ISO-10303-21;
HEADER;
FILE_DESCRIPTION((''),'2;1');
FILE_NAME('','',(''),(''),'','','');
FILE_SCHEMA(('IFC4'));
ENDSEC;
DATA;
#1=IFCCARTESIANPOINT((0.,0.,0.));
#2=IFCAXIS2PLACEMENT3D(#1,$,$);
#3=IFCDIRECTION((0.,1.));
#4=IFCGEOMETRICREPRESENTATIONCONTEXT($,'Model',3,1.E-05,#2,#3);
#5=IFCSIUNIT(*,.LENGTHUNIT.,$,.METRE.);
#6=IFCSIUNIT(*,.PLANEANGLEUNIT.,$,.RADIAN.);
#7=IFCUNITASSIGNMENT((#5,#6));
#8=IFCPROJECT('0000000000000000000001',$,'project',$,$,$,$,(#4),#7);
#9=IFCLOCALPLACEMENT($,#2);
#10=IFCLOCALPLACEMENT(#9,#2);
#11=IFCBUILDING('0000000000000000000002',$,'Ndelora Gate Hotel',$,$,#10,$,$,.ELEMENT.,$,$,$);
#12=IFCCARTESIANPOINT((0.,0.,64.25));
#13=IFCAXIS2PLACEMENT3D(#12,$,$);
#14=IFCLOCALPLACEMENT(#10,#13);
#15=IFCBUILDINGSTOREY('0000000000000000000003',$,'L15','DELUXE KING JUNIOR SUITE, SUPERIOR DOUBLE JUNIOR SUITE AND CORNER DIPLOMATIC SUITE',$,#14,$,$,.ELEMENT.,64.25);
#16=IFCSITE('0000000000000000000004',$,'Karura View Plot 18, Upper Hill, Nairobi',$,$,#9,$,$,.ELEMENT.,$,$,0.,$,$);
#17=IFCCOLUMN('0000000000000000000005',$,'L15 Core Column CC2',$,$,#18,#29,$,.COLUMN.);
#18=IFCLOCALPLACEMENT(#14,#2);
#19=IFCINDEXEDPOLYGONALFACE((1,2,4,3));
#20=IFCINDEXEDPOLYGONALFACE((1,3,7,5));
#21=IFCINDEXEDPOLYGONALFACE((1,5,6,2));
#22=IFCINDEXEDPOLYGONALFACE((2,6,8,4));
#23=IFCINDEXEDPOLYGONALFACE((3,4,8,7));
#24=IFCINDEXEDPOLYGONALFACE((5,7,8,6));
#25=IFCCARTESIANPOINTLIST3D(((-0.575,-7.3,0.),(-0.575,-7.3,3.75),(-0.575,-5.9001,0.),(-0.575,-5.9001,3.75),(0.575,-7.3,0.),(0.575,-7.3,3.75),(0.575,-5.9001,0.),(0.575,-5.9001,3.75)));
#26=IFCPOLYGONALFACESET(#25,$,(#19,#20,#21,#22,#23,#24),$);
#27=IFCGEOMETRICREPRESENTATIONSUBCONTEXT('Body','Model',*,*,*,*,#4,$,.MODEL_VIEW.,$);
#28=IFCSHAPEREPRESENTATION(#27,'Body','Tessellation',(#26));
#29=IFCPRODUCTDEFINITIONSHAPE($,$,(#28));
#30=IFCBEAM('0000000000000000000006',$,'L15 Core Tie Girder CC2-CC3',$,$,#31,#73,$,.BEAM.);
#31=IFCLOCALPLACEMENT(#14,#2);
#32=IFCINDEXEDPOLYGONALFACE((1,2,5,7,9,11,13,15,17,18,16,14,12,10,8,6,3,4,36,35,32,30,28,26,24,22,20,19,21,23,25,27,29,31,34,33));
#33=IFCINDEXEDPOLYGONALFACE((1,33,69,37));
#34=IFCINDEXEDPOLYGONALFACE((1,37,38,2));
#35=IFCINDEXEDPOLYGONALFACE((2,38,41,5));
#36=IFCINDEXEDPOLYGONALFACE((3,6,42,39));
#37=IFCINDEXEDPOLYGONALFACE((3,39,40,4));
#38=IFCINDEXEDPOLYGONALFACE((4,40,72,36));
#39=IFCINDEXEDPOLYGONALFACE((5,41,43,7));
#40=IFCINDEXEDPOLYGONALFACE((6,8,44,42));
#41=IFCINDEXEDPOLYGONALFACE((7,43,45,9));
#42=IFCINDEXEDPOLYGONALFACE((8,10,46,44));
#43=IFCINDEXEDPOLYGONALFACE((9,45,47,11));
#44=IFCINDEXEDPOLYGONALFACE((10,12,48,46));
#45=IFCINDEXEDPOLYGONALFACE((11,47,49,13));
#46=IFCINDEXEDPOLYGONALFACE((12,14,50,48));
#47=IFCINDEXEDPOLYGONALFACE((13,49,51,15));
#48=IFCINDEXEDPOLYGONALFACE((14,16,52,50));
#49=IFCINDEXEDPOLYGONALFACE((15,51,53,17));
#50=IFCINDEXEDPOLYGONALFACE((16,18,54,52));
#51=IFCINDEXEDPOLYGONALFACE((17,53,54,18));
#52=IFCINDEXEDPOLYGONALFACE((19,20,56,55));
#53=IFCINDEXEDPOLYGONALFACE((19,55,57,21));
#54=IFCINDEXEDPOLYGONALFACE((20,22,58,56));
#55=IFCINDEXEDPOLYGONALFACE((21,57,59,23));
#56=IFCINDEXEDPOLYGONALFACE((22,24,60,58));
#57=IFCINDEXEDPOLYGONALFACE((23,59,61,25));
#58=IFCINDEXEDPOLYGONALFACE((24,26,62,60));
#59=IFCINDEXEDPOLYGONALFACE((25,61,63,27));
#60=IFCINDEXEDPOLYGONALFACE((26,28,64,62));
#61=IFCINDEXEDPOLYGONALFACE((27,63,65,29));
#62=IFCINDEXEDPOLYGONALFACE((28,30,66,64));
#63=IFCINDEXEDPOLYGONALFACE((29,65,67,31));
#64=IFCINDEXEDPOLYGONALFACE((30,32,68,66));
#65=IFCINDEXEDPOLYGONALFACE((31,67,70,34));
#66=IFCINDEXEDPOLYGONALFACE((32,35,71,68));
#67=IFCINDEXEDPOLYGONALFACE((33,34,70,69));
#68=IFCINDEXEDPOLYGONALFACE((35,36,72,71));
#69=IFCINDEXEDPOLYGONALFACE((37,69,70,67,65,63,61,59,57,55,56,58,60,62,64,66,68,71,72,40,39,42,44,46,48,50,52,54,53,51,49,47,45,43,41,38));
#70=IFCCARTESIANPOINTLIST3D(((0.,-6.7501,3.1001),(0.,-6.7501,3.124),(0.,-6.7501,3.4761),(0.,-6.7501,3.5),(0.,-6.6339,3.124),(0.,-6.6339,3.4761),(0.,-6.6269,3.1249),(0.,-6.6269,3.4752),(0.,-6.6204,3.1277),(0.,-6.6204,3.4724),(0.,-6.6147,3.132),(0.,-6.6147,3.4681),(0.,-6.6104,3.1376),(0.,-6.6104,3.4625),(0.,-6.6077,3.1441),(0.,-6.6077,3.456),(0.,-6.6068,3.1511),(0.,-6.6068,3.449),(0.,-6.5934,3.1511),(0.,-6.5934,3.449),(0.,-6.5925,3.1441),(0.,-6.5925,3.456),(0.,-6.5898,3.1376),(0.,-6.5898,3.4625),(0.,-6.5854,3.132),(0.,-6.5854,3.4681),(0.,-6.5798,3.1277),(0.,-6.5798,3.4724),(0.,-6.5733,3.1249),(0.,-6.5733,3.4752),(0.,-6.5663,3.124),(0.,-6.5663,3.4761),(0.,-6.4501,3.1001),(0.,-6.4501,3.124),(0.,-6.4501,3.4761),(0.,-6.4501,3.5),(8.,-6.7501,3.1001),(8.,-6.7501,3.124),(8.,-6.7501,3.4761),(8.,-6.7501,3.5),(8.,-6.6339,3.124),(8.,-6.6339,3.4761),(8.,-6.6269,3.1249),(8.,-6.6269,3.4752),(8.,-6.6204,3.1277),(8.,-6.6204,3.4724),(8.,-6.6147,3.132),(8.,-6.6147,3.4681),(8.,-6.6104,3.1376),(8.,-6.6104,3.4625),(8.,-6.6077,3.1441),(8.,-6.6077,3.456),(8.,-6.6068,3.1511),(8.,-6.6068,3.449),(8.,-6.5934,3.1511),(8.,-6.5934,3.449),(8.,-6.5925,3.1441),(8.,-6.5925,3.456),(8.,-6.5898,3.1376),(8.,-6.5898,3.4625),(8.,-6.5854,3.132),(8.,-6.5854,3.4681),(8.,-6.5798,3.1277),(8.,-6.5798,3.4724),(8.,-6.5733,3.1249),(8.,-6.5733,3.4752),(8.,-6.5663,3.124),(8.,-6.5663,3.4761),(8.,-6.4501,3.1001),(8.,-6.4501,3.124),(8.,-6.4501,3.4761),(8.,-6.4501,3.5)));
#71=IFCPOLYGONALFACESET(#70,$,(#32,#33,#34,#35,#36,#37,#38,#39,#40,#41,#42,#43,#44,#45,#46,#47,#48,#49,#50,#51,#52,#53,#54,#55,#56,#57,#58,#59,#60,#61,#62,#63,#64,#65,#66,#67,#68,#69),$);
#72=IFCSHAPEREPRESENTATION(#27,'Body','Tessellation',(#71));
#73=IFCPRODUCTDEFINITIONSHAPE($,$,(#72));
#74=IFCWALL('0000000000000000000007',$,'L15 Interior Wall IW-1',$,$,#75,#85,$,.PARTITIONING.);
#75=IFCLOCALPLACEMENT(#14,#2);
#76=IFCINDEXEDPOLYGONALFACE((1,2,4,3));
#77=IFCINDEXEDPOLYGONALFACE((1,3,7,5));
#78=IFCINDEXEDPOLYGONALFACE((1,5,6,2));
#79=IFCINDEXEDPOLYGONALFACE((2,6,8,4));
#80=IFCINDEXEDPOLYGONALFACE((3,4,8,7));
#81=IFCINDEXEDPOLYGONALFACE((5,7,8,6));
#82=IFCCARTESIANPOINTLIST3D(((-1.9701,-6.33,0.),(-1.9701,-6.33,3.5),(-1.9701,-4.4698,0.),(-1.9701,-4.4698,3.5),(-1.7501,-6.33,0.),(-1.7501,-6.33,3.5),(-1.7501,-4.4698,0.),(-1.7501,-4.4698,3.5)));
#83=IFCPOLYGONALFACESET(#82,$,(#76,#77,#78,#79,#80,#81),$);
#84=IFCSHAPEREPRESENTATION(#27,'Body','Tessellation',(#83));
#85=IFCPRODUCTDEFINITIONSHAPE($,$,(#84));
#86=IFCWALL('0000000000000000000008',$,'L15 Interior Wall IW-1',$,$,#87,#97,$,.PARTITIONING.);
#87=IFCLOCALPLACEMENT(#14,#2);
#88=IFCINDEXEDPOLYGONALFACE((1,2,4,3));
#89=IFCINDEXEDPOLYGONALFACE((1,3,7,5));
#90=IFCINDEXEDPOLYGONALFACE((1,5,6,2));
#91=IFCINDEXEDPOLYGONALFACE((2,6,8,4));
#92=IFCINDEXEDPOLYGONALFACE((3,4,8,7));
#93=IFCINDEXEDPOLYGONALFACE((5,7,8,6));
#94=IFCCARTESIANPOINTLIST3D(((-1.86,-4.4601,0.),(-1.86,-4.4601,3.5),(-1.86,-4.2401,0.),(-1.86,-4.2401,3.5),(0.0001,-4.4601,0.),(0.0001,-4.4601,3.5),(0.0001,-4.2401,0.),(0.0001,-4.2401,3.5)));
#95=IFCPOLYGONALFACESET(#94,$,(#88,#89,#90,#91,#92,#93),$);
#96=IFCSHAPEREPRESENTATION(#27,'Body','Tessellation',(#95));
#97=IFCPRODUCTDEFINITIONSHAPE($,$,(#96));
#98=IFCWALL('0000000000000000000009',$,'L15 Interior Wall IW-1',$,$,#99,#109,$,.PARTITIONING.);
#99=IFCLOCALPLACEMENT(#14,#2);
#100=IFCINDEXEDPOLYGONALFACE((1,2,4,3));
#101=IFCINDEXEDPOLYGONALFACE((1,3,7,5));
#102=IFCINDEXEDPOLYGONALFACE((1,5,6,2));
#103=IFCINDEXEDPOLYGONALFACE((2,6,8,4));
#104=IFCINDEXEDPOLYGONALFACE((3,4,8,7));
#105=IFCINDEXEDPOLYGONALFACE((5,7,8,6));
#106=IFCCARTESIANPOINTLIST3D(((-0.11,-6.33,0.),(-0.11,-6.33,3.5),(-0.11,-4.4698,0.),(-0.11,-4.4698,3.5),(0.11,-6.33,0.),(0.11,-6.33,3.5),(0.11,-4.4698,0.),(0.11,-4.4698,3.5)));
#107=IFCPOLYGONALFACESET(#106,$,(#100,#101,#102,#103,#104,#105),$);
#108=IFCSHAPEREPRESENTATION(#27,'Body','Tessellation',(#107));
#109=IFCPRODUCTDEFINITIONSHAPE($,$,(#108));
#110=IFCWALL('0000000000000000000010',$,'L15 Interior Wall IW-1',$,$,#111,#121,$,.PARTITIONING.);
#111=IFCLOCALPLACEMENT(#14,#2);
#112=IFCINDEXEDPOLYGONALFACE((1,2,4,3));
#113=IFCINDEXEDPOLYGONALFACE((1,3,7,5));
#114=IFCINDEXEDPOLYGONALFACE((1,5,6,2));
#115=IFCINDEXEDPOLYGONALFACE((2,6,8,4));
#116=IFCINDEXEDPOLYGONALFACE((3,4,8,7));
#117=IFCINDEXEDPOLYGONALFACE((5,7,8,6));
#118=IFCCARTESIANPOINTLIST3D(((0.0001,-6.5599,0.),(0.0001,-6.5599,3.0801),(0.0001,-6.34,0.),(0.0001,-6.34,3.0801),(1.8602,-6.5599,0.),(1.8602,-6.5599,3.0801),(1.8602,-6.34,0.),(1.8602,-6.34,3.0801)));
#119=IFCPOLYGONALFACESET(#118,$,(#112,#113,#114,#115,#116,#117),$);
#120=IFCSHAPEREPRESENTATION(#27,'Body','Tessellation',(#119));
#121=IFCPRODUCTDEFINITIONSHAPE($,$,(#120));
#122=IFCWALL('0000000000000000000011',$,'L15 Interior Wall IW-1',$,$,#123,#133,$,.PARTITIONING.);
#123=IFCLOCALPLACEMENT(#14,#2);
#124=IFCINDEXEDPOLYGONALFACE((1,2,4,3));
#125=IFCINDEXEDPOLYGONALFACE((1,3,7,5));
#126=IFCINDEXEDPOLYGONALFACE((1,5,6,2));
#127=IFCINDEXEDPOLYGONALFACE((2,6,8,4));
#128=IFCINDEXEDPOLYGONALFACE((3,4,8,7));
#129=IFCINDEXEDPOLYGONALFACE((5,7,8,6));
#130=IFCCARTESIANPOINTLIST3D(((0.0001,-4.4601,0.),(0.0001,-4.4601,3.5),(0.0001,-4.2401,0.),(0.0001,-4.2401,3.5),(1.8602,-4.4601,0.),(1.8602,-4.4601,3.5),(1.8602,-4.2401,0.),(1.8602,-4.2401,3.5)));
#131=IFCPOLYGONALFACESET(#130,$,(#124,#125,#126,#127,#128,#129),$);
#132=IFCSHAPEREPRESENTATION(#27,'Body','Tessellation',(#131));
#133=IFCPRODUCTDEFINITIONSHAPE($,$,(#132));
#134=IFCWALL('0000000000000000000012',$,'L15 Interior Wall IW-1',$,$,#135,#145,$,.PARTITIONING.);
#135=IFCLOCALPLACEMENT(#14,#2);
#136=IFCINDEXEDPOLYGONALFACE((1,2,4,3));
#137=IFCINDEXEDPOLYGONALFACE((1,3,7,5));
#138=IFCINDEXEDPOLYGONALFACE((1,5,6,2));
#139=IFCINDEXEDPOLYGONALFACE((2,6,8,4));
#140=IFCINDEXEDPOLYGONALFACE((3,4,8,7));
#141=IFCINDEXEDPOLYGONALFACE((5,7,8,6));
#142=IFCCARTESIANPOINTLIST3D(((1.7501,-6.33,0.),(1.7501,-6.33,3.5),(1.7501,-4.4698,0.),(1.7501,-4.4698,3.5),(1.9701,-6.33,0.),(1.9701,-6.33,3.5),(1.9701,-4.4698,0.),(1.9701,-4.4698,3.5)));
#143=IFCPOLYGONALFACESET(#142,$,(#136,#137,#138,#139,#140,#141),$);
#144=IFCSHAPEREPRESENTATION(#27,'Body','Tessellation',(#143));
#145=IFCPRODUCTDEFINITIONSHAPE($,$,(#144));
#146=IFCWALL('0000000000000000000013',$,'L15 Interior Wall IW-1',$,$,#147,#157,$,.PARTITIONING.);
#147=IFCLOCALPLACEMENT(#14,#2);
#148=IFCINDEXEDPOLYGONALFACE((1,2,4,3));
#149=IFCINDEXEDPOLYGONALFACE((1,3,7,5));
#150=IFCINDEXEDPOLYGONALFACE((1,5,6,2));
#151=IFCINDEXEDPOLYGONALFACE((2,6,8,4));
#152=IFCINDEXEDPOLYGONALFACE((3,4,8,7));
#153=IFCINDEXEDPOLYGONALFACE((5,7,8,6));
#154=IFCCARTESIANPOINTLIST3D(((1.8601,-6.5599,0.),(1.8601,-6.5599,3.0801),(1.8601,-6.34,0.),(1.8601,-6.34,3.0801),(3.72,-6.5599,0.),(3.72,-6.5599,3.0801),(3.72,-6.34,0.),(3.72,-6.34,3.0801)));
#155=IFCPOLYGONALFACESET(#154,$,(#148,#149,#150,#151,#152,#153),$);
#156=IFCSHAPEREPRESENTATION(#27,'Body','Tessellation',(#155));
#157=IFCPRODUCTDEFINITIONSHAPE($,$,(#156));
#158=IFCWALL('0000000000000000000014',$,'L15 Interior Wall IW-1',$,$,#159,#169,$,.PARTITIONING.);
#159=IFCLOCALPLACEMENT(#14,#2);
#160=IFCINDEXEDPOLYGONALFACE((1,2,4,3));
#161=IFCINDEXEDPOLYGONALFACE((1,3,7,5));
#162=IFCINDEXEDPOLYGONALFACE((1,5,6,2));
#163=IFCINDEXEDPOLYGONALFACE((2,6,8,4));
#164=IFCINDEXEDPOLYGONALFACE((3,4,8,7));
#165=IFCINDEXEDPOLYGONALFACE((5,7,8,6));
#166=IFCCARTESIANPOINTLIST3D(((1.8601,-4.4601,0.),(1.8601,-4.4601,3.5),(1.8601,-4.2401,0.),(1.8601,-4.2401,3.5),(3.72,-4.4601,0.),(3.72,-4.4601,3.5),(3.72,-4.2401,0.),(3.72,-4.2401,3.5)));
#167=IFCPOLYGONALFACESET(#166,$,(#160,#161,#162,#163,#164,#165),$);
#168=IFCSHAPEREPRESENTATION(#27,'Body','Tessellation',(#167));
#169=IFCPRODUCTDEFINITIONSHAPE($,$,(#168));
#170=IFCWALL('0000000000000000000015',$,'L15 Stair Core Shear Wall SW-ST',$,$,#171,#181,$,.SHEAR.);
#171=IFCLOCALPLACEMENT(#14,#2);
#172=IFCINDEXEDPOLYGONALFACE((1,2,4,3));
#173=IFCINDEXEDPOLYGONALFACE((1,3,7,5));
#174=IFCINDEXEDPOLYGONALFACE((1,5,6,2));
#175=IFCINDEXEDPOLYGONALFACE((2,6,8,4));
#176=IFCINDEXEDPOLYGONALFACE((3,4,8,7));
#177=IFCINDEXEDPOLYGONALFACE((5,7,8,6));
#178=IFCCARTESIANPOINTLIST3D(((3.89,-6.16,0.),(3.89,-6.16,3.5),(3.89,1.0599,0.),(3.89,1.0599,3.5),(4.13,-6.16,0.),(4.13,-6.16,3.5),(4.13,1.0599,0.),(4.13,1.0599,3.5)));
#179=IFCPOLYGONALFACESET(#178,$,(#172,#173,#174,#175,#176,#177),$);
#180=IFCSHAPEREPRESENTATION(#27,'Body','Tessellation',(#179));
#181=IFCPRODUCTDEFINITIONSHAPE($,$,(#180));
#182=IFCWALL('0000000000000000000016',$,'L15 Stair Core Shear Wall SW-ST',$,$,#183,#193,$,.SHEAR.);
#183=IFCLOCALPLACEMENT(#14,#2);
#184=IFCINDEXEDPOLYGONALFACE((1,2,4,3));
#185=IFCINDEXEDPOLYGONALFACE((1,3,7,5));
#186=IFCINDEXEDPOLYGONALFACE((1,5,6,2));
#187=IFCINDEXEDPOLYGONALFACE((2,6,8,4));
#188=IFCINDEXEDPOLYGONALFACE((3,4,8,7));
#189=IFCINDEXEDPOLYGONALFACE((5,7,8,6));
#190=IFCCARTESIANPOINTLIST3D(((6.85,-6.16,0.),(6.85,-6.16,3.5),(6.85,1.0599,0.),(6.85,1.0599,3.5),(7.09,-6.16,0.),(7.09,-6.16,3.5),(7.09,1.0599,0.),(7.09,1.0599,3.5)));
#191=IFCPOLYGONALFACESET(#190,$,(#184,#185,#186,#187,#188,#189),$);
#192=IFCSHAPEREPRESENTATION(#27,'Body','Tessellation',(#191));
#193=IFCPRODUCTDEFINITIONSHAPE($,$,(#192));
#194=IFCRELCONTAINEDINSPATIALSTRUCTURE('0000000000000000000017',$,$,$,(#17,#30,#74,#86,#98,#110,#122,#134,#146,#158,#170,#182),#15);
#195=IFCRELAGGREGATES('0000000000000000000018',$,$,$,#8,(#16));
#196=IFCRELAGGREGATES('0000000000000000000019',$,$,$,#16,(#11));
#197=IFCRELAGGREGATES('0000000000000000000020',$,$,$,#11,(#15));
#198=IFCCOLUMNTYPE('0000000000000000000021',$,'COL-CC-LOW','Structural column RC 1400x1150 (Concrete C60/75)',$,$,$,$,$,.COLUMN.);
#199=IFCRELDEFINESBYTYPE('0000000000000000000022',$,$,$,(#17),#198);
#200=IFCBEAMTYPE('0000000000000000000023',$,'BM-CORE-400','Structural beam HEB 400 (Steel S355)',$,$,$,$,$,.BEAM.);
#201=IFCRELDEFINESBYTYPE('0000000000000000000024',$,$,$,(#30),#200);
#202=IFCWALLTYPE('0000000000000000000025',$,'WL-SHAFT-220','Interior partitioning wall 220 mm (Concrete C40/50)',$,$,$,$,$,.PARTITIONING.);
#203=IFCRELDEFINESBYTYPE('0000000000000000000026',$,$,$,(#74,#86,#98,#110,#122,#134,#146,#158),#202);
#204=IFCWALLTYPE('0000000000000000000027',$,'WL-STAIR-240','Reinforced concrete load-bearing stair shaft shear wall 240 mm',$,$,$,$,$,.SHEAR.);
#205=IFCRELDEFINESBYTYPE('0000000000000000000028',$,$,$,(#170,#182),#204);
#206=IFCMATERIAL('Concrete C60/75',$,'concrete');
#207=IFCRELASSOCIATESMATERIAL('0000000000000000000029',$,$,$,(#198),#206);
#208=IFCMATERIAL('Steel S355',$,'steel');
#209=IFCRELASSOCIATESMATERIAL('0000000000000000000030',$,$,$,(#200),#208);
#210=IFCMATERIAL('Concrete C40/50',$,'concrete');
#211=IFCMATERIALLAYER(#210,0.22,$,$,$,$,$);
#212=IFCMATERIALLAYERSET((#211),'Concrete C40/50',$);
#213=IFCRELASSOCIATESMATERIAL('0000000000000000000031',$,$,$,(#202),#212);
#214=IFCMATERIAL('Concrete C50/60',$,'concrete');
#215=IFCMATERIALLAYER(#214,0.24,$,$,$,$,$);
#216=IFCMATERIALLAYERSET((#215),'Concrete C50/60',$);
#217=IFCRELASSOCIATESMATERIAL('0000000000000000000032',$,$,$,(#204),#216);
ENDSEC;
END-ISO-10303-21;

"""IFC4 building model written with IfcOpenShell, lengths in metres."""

from ifc_helpers import new_model, si_unit, direction, frame, frame_2d, origin, origin_2d, place, context, subcontext, project, spatial, rectangle, i_section, extrude, material, layer, layer_set, material_profile, profile_set, type_object, element, save


model = new_model("IFC4")

# Units and contexts
model_context = context("Model", 3, precision=1e-05, world=origin(), true_north=direction((0.0, 1.0)))
body_context = subcontext(model_context, "Body", "Model", "MODEL_VIEW")
ifc_project = project(units=[si_unit("LENGTHUNIT", "METRE"), si_unit("PLANEANGLEUNIT", "RADIAN")], contexts=[model_context])

# Site, building, storey
site_placement = place(None, origin())
site = spatial("IfcSite", under=ifc_project, at=site_placement, Name="Karura View Plot 18, Upper Hill, Nairobi", CompositionType="ELEMENT", RefElevation=0.0)
building_placement = place(site_placement, origin())
building = spatial("IfcBuilding", under=site, at=building_placement, Name="Ndelora Gate Hotel", CompositionType="ELEMENT")
storey_placement = place(building_placement, frame((0.0, 0.0, 64.25)))
storey = spatial("IfcBuildingStorey", under=building, at=storey_placement, Name="L15", Description="DELUXE KING JUNIOR SUITE, SUPERIOR DOUBLE JUNIOR SUITE AND CORNER DIPLOMATIC SUITE", CompositionType="ELEMENT", Elevation=64.25)

# Column
ifc_material_1 = material(Name="Concrete C60/75", Category="concrete")
ifc_material_profile_1 = material_profile(ifc_material_1, rectangle(XDim=1.1499, YDim=1.3999, at=origin_2d()), Name="RC 1400x1150")
ifc_profile_set_1 = profile_set([ifc_material_profile_1], Name="Concrete C60/75")
column_type = type_object("IfcColumnType", Name="COL-CC-LOW", Description="Structural column RC 1400x1150 (Concrete C60/75)", PredefinedType="COLUMN", material=ifc_profile_set_1)
column_placement = place(storey_placement, frame((0.0, -6.6001, 0.0), z_axis=(0.0, 0.0, 1.0), x_axis=(1.0, 0.0, 0.0)))
element("IfcColumn", 1, at=column_placement, inside=storey, type_object=column_type, Name="L15 Core Column CC2", PredefinedType="COLUMN", context=body_context, shape_type="SweptSolid", body=[
    extrude(rectangle(XDim=1.1499, YDim=1.3999, at=origin_2d()), origin(), (0.0, 0.0, 1.0), 3.75),
])

# Beam
ifc_material_2 = material(Name="Steel S355", Category="steel")
ifc_material_profile_2 = material_profile(ifc_material_2, i_section(OverallWidth=0.3, OverallDepth=0.3999, WebThickness=0.0134, FlangeThickness=0.0239, FilletRadius=0.0271, at=origin_2d()), Name="HEB 400")
ifc_profile_set_2 = profile_set([ifc_material_profile_2], Name="Steel S355")
beam_type = type_object("IfcBeamType", Name="BM-CORE-400", Description="Structural beam HEB 400 (Steel S355)", PredefinedType="BEAM", material=ifc_profile_set_2)
beam_placement = place(storey_placement, frame((0.0, -6.6001, 3.3), z_axis=(1.0, 0.0, 0.0), x_axis=(0.0, 1.0, 0.0)))
element("IfcBeam", 2, at=beam_placement, inside=storey, type_object=beam_type, Name="L15 Core Tie Girder CC2-CC3", PredefinedType="BEAM", context=body_context, shape_type="SweptSolid", body=[
    extrude(i_section(OverallWidth=0.3, OverallDepth=0.3999, WebThickness=0.0134, FlangeThickness=0.0239, FilletRadius=0.0271, at=origin_2d()), origin(), (0.0, 0.0, 1.0), 8.0),
])

# Wall
ifc_material_3 = material(Name="Concrete C40/50", Category="concrete")
ifc_layer_1 = layer(ifc_material_3, 0.22)
ifc_layer_set_1 = layer_set([ifc_layer_1], Name="Concrete C40/50")
wall_type_1 = type_object("IfcWallType", Name="WL-SHAFT-220", Description="Interior partitioning wall 220 mm (Concrete C40/50)", PredefinedType="PARTITIONING", material=ifc_layer_set_1)
wall_1_placement = place(storey_placement, frame((-1.8601, -6.3301, 0.0), z_axis=(0.0, 0.0, 1.0), x_axis=(0.0, 1.0, 0.0)))
element("IfcWall", 3, at=wall_1_placement, inside=storey, type_object=wall_type_1, Name="L15 Interior Wall IW-1", PredefinedType="PARTITIONING", context=body_context, shape_type="SweptSolid", body=[
    extrude(rectangle(XDim=1.8601, YDim=0.22, at=frame_2d((0.9302, 0.0))), origin(), (0.0, 0.0, 1.0), 3.5),
])

# Walls
for number, where, z_axis, x_axis, name in (
    (4, (-1.8601, -4.3501, 0.0), (0.0, 0.0, 1.0), (1.0, 0.0, 0.0), "L15 Interior Wall IW-1"),
    (5, (0.0, -6.3301, 0.0), (0.0, 0.0, 1.0), (0.0, 1.0, 0.0), "L15 Interior Wall IW-1"),
):
    element("IfcWall", number, at=place(storey_placement, frame(where, z_axis=z_axis, x_axis=x_axis)), inside=storey, type_object=wall_type_1, Name=name, PredefinedType="PARTITIONING", context=body_context, shape_type="SweptSolid", body=[
        extrude(rectangle(XDim=1.8601, YDim=0.22, at=frame_2d((0.9302, 0.0))), origin(), (0.0, 0.0, 1.0), 3.5),
    ])
wall_2_placement = place(storey_placement, frame((0.0, -6.45, 0.0), z_axis=(0.0, 0.0, 1.0), x_axis=(1.0, 0.0, 0.0)))
element("IfcWall", 6, at=wall_2_placement, inside=storey, type_object=wall_type_1, Name="L15 Interior Wall IW-1", PredefinedType="PARTITIONING", context=body_context, shape_type="SweptSolid", body=[
    extrude(rectangle(XDim=1.8601, YDim=0.22, at=frame_2d((0.9302, 0.0))), origin(), (0.0, 0.0, 1.0), 3.0801),
])
for number, where, z_axis, x_axis, name in (
    (7, (0.0, -4.3501, 0.0), (0.0, 0.0, 1.0), (1.0, 0.0, 0.0), "L15 Interior Wall IW-1"),
    (8, (1.8601, -6.3301, 0.0), (0.0, 0.0, 1.0), (0.0, 1.0, 0.0), "L15 Interior Wall IW-1"),
):
    element("IfcWall", number, at=place(storey_placement, frame(where, z_axis=z_axis, x_axis=x_axis)), inside=storey, type_object=wall_type_1, Name=name, PredefinedType="PARTITIONING", context=body_context, shape_type="SweptSolid", body=[
        extrude(rectangle(XDim=1.8601, YDim=0.22, at=frame_2d((0.9302, 0.0))), origin(), (0.0, 0.0, 1.0), 3.5),
    ])
wall_3_placement = place(storey_placement, frame((1.8601, -6.45, 0.0), z_axis=(0.0, 0.0, 1.0), x_axis=(1.0, 0.0, 0.0)))
element("IfcWall", 9, at=wall_3_placement, inside=storey, type_object=wall_type_1, Name="L15 Interior Wall IW-1", PredefinedType="PARTITIONING", context=body_context, shape_type="SweptSolid", body=[
    extrude(rectangle(XDim=1.8599, YDim=0.22, at=frame_2d((0.9299, 0.0))), origin(), (0.0, 0.0, 1.0), 3.0801),
])
wall_4_placement = place(storey_placement, frame((1.8601, -4.3501, 0.0), z_axis=(0.0, 0.0, 1.0), x_axis=(1.0, 0.0, 0.0)))
element("IfcWall", 10, at=wall_4_placement, inside=storey, type_object=wall_type_1, Name="L15 Interior Wall IW-1", PredefinedType="PARTITIONING", context=body_context, shape_type="SweptSolid", body=[
    extrude(rectangle(XDim=1.8599, YDim=0.22, at=frame_2d((0.9299, 0.0))), origin(), (0.0, 0.0, 1.0), 3.5),
])
ifc_material_4 = material(Name="Concrete C50/60", Category="concrete")
ifc_layer_2 = layer(ifc_material_4, 0.24)
ifc_layer_set_2 = layer_set([ifc_layer_2], Name="Concrete C50/60")
wall_type_2 = type_object("IfcWallType", Name="WL-STAIR-240", Description="Reinforced concrete load-bearing stair shaft shear wall 240 mm", PredefinedType="SHEAR", material=ifc_layer_set_2)
for number, where, z_axis, x_axis, name in (
    (11, (4.01, -6.1599, 0.0), (0.0, 0.0, 1.0), (0.0, 1.0, 0.0), "L15 Stair Core Shear Wall SW-ST"),
    (12, (6.97, -6.1599, 0.0), (0.0, 0.0, 1.0), (0.0, 1.0, 0.0), "L15 Stair Core Shear Wall SW-ST"),
):
    element("IfcWall", number, at=place(storey_placement, frame(where, z_axis=z_axis, x_axis=x_axis)), inside=storey, type_object=wall_type_2, Name=name, PredefinedType="SHEAR", context=body_context, shape_type="SweptSolid", body=[
        extrude(rectangle(XDim=7.22, YDim=0.24, at=frame_2d((3.6099, 0.0))), origin(), (0.0, 0.0, 1.0), 3.5),
    ])

save(model, "model.ifc")
